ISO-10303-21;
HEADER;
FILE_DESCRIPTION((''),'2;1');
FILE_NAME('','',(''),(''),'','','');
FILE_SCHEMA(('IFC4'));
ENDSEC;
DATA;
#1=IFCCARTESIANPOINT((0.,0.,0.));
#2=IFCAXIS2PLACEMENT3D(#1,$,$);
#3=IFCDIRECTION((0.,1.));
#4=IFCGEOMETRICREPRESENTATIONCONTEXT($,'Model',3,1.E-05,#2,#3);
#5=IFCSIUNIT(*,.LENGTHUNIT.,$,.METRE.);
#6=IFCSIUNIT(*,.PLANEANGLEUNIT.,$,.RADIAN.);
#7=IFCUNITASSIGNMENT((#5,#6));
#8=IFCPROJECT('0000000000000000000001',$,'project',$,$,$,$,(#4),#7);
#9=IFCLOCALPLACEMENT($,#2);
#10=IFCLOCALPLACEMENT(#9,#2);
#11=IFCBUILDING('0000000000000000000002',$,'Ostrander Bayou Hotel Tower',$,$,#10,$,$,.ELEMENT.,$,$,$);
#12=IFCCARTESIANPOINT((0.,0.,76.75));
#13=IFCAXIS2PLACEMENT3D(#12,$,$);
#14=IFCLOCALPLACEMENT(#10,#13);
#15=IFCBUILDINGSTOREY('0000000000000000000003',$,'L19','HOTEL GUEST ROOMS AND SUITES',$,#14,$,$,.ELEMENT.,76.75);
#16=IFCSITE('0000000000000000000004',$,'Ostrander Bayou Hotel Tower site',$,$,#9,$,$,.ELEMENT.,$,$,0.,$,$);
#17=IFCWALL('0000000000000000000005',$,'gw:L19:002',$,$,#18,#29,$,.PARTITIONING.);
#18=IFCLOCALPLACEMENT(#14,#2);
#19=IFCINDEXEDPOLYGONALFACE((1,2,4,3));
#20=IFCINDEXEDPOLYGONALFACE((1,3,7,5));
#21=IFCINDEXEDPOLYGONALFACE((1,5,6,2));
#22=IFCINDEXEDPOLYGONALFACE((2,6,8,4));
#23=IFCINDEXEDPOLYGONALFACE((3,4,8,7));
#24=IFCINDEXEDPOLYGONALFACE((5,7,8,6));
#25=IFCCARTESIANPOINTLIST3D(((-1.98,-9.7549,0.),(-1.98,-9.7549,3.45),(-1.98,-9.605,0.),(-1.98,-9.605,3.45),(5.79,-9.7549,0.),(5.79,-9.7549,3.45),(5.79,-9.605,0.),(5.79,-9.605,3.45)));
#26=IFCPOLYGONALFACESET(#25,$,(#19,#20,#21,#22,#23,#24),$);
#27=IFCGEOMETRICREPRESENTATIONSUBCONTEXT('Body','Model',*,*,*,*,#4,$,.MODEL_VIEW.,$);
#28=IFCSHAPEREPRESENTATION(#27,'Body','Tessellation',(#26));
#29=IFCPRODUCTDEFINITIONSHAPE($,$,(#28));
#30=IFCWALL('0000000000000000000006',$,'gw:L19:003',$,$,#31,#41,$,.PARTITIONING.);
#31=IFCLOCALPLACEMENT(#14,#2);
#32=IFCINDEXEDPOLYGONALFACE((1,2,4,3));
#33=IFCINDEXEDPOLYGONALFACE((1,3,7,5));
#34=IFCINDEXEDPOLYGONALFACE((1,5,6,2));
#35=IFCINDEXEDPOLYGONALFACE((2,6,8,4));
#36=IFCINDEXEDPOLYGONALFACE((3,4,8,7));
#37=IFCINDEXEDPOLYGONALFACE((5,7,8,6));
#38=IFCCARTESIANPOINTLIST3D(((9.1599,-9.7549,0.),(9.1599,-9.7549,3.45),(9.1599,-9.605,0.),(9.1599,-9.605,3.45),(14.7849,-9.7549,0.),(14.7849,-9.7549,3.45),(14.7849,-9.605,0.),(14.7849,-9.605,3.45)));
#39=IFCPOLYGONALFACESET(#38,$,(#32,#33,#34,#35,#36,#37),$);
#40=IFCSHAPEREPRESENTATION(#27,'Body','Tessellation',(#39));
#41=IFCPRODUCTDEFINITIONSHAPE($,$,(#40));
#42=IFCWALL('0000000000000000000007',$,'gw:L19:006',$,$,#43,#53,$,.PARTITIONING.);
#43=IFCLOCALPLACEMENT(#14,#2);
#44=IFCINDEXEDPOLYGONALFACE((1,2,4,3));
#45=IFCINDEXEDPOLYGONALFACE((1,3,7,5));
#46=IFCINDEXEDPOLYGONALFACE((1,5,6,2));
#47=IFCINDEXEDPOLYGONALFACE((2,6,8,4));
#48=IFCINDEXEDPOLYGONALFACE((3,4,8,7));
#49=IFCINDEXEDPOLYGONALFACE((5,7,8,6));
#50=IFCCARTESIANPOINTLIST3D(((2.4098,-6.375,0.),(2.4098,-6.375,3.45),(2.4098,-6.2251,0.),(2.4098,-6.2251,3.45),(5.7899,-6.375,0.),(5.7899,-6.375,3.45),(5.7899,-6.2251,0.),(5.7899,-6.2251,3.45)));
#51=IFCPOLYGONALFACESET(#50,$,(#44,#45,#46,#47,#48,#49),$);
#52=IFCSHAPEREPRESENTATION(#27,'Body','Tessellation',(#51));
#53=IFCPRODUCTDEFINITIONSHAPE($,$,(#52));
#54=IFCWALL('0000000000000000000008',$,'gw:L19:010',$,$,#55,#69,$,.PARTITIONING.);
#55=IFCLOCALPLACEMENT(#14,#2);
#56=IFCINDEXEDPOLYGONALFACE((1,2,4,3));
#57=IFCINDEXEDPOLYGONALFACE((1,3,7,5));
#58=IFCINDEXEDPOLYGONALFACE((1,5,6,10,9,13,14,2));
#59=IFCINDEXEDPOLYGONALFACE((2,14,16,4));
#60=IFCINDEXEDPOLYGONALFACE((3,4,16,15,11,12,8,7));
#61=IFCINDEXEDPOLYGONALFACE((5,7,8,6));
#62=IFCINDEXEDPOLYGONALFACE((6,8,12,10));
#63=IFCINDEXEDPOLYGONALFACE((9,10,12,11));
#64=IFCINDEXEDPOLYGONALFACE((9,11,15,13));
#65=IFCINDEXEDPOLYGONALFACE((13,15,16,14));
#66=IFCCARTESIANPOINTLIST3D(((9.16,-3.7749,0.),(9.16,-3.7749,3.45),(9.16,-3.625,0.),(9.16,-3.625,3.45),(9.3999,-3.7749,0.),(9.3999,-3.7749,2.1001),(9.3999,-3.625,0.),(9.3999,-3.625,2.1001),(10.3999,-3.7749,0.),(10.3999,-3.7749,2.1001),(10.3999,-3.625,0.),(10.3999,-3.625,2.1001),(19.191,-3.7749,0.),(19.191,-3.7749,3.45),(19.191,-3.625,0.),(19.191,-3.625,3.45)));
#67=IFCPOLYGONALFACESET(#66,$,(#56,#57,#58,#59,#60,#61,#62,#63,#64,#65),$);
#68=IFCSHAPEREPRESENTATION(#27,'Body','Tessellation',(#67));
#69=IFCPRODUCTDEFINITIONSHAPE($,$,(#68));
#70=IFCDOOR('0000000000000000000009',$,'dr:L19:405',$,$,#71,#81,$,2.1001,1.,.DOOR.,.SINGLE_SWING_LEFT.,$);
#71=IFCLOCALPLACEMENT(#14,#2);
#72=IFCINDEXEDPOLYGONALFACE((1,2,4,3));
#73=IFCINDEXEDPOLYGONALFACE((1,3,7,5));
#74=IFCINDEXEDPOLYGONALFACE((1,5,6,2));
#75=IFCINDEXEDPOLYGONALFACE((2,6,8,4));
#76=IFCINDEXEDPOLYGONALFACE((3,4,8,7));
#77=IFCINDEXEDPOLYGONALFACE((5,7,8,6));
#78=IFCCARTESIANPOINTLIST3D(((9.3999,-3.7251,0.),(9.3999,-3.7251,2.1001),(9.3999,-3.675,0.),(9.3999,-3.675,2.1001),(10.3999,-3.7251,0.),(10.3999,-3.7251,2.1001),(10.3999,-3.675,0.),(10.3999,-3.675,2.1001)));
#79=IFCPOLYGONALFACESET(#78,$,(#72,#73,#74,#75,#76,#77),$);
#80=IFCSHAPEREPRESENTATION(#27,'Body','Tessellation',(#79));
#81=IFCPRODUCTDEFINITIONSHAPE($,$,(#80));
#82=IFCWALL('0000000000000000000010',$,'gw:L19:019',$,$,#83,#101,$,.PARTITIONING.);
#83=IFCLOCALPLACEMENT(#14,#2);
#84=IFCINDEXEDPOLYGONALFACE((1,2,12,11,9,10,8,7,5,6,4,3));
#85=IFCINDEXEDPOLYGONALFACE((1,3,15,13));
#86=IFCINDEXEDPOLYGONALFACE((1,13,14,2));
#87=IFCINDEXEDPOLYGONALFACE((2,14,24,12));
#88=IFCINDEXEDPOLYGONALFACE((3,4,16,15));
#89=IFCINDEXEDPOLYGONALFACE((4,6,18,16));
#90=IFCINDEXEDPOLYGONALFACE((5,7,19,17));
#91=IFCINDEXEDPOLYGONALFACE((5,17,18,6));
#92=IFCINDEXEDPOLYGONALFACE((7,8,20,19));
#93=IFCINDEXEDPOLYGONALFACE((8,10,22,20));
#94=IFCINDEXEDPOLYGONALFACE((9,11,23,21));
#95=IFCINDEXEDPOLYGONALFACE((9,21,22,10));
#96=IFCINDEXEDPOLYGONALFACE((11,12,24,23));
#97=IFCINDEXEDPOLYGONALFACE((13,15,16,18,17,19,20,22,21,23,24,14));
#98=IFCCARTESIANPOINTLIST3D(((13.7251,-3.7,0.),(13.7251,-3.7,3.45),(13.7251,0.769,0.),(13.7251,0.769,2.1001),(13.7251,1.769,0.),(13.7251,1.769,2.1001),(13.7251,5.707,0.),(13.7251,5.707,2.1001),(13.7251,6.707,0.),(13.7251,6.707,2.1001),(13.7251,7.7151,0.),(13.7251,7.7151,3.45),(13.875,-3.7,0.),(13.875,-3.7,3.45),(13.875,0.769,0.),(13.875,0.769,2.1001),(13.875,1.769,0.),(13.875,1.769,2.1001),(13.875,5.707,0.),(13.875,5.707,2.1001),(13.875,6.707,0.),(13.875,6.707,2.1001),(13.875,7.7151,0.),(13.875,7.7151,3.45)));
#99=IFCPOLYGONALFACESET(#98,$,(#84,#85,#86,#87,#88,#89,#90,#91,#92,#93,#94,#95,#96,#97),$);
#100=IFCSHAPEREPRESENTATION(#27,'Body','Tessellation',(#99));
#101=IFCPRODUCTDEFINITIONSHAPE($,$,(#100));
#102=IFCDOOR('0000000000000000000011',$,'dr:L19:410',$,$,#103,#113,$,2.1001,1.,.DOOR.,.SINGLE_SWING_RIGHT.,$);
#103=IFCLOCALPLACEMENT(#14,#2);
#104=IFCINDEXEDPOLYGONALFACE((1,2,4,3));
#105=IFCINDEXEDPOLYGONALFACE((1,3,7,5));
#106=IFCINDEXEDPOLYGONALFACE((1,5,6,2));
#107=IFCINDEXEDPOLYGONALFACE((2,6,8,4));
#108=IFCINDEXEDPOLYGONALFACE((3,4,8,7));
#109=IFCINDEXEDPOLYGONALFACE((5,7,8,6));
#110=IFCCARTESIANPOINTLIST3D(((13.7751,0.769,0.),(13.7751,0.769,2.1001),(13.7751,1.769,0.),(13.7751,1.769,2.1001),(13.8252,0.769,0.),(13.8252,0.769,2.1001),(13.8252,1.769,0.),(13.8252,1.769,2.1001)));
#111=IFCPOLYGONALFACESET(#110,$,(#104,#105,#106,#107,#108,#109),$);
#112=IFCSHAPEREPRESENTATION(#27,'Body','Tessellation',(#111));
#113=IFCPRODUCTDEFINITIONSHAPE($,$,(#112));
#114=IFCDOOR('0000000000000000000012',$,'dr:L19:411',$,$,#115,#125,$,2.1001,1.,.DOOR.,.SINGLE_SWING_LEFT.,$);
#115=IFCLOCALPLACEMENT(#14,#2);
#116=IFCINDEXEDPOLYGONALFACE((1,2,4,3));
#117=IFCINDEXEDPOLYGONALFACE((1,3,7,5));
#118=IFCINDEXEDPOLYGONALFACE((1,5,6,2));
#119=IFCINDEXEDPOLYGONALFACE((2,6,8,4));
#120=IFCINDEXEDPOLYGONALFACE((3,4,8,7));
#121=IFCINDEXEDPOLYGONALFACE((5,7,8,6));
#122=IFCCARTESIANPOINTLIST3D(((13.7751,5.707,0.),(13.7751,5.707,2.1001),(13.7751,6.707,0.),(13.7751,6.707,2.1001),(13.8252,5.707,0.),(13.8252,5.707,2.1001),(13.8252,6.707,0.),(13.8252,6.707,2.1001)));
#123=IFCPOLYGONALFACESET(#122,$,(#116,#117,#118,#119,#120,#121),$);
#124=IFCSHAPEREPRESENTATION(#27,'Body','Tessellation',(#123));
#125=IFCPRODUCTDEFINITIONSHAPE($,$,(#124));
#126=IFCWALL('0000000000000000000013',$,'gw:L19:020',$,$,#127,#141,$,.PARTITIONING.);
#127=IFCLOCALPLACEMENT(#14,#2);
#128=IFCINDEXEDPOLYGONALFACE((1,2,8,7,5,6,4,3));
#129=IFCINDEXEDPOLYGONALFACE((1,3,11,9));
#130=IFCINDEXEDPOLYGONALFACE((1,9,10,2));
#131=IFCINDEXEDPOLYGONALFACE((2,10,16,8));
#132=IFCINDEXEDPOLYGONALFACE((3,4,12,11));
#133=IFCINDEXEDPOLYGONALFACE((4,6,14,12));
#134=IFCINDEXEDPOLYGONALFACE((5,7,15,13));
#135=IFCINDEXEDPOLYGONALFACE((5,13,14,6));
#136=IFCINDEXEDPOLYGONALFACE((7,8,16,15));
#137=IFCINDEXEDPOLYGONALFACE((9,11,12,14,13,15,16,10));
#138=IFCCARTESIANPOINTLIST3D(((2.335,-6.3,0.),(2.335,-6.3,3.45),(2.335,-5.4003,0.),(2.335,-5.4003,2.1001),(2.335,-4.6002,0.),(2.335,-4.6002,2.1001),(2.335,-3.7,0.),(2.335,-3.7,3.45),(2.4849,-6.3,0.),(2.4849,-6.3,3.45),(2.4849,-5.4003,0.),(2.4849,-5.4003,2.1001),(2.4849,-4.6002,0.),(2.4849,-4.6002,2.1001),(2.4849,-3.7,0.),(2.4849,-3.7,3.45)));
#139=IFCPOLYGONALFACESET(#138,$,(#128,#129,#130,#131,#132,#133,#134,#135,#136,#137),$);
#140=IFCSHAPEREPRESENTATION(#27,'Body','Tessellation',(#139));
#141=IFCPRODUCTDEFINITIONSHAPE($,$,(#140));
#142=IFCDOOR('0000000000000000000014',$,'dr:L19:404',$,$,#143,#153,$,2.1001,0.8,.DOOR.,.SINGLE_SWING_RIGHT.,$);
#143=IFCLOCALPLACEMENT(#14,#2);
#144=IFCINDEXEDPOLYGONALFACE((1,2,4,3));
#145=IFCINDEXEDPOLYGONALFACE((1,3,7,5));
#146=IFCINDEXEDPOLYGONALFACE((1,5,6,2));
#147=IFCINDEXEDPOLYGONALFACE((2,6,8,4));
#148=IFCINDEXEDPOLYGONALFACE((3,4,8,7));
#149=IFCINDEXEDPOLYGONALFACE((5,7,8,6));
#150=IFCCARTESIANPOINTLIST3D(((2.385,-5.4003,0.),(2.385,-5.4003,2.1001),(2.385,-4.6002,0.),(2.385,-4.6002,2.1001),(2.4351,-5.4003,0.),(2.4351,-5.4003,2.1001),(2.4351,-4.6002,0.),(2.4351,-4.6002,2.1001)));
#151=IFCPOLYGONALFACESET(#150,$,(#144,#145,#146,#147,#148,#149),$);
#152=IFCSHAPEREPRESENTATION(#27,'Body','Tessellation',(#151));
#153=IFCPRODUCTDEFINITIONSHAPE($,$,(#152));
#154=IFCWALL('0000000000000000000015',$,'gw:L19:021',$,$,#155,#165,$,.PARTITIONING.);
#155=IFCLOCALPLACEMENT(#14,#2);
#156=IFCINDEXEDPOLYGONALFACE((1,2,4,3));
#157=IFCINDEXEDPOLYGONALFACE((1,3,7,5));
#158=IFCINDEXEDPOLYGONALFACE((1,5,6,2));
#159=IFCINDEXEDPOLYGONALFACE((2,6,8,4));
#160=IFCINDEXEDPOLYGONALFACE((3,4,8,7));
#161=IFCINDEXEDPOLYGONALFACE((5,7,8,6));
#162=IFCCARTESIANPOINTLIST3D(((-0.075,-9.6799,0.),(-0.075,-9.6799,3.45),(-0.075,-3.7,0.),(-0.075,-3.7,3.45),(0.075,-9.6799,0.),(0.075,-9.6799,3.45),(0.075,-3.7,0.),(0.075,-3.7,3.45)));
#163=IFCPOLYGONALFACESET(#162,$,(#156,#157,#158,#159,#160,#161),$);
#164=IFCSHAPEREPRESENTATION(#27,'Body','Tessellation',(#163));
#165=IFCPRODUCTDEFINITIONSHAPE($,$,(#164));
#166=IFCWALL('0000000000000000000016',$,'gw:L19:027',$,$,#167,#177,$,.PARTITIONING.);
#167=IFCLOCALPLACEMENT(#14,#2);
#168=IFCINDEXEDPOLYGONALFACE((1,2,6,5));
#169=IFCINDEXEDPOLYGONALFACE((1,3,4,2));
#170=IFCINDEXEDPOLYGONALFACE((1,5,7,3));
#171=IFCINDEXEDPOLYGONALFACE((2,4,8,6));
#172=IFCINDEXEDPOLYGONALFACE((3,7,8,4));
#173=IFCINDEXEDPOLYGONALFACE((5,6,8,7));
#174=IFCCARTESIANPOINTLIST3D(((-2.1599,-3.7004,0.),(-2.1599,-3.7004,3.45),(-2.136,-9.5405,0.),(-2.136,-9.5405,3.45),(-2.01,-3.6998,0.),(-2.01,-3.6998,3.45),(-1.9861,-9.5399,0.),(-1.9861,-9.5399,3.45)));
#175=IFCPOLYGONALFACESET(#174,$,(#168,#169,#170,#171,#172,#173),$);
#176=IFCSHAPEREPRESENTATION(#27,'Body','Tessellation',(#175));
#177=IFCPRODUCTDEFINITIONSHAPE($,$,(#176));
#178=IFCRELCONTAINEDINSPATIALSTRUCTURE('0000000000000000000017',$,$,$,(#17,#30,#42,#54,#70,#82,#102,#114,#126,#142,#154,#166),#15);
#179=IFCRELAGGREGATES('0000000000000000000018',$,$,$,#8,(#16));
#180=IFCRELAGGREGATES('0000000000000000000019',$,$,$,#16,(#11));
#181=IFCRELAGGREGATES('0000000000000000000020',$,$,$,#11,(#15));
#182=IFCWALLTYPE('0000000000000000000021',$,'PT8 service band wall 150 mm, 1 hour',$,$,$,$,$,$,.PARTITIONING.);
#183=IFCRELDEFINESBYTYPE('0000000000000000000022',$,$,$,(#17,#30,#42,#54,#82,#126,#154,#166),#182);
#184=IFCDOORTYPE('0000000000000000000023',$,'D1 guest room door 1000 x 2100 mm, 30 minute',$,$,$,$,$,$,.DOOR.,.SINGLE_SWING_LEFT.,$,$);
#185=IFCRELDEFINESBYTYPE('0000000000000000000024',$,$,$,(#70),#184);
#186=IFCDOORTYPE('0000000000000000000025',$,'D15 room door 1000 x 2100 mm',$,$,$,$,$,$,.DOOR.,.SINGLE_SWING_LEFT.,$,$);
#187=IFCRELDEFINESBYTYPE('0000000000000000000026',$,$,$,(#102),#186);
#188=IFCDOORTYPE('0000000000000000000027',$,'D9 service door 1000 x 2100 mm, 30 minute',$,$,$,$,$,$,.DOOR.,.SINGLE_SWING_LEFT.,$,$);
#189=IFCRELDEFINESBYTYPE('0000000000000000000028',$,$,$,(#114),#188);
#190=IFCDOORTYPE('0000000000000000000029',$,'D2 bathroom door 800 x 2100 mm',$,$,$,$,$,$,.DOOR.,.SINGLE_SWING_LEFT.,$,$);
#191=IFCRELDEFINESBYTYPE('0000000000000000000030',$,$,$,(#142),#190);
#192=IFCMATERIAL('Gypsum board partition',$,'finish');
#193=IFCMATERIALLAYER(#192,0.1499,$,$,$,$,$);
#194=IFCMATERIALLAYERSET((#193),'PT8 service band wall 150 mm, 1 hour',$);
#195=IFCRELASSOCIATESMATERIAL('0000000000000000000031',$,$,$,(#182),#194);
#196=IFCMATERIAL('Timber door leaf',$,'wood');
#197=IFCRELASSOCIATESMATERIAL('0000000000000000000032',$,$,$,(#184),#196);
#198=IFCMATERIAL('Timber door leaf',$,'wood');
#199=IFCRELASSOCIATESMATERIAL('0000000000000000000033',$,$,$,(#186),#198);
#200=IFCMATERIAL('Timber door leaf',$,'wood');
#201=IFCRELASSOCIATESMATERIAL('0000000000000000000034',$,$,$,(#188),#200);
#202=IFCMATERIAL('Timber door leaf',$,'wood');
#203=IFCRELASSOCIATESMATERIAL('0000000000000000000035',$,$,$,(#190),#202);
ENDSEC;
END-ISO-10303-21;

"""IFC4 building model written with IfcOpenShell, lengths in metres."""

from ifc_helpers import new_model, si_unit, direction, frame, frame_2d, origin, place, context, subcontext, project, spatial, rectangle, extrude, material, layer, layer_set, type_object, element, fill, save


model = new_model("IFC4")

# Units and contexts
model_context = context("Model", 3, precision=1e-05, world=origin(), true_north=direction((0.0, 1.0)))
body_context = subcontext(model_context, "Body", "Model", "MODEL_VIEW")
ifc_project = project(units=[si_unit("LENGTHUNIT", "METRE"), si_unit("PLANEANGLEUNIT", "RADIAN")], contexts=[model_context])

# Site, building, storey
site_placement = place(None, origin())
site = spatial("IfcSite", under=ifc_project, at=site_placement, Name="Ostrander Bayou Hotel Tower site", CompositionType="ELEMENT", RefElevation=0.0)
building_placement = place(site_placement, origin())
building = spatial("IfcBuilding", under=site, at=building_placement, Name="Ostrander Bayou Hotel Tower", CompositionType="ELEMENT")
storey_placement = place(building_placement, frame((0.0, 0.0, 76.75)))
storey = spatial("IfcBuildingStorey", under=building, at=storey_placement, Name="L19", Description="HOTEL GUEST ROOMS AND SUITES", CompositionType="ELEMENT", Elevation=76.75)

# Walls
ifc_material_1 = material(Name="Gypsum board partition", Category="finish")
ifc_layer_1 = layer(ifc_material_1, 0.1499)
ifc_layer_set_1 = layer_set([ifc_layer_1], Name="PT8 service band wall 150 mm, 1 hour")
wall_type_1 = type_object("IfcWallType", Name="PT8 service band wall 150 mm, 1 hour", PredefinedType="PARTITIONING", material=ifc_layer_set_1)
wall_1_placement = place(storey_placement, frame((-1.98, -9.6799, 0.0), z_axis=(0.0, 0.0, 1.0), x_axis=(1.0, 0.0, 0.0)))
element("IfcWall", 1, at=wall_1_placement, inside=storey, type_object=wall_type_1, Name="gw:L19:002", PredefinedType="PARTITIONING", context=body_context, shape_type="SweptSolid", body=[
    extrude(rectangle(XDim=7.77, YDim=0.1499, at=frame_2d((3.885, 0.0))), origin(), (0.0, 0.0, 1.0), 3.45),
])
wall_2_placement = place(storey_placement, frame((9.1599, -9.6799, 0.0), z_axis=(0.0, 0.0, 1.0), x_axis=(1.0, 0.0, 0.0)))
element("IfcWall", 2, at=wall_2_placement, inside=storey, type_object=wall_type_1, Name="gw:L19:003", PredefinedType="PARTITIONING", context=body_context, shape_type="SweptSolid", body=[
    extrude(rectangle(XDim=5.625, YDim=0.1499, at=frame_2d((2.8125, 0.0))), origin(), (0.0, 0.0, 1.0), 3.45),
])
wall_3_placement = place(storey_placement, frame((2.4099, -6.3, 0.0), z_axis=(0.0, 0.0, 1.0), x_axis=(1.0, 0.0, 0.0)))
element("IfcWall", 3, at=wall_3_placement, inside=storey, type_object=wall_type_1, Name="gw:L19:006", PredefinedType="PARTITIONING", context=body_context, shape_type="SweptSolid", body=[
    extrude(rectangle(XDim=3.3801, YDim=0.1499, at=frame_2d((1.6899, 0.0))), origin(), (0.0, 0.0, 1.0), 3.45),
])

# Wall, opening, door
wall_4_placement = place(storey_placement, frame((9.1599, -3.7, 0.0), z_axis=(0.0, 0.0, 1.0), x_axis=(1.0, 0.0, 0.0)))
wall_4 = element("IfcWall", 4, at=wall_4_placement, inside=storey, type_object=wall_type_1, Name="gw:L19:010", PredefinedType="PARTITIONING", context=body_context, shape_type="SweptSolid", body=[
    extrude(rectangle(XDim=10.031, YDim=0.1499, at=frame_2d((5.0156, 0.0))), origin(), (0.0, 0.0, 1.0), 3.45),
])
opening_1_placement = place(wall_4_placement, frame((0.24, 0.0, 0.0)))
opening_1 = element("IfcOpeningElement", 5, at=opening_1_placement, cuts=wall_4, PredefinedType="OPENING", context=body_context, shape_type="SweptSolid", body=[
    extrude(rectangle(XDim=1.0, YDim=2.1001, at=frame_2d((0.5, 1.05))), frame((0.0, 0.075, 0.0), z_axis=(0.0, -1.0, 0.0), x_axis=(1.0, 0.0, 0.0)), (0.0, 0.0, 1.0), 0.1499),
])
ifc_material_2 = material(Name="Timber door leaf", Category="wood")
door_type_1 = type_object("IfcDoorType", Name="D1 guest room door 1000 x 2100 mm, 30 minute", OperationType="SINGLE_SWING_LEFT", PredefinedType="DOOR", material=ifc_material_2)
door_1_placement = place(opening_1_placement, origin())
door_1 = element("IfcDoor", 6, at=door_1_placement, inside=storey, type_object=door_type_1, Name="dr:L19:405", OperationType="SINGLE_SWING_LEFT", OverallHeight=2.1001, OverallWidth=1.0, PredefinedType="DOOR", context=body_context, shape_type="SweptSolid", body=[
    extrude(rectangle(XDim=1.0, YDim=2.1001, at=frame_2d((0.5, 1.05))), frame((0.0, 0.0249, 0.0), z_axis=(0.0, -1.0, 0.0), x_axis=(1.0, 0.0, 0.0)), (0.0, 0.0, 1.0), 0.05),
])
fill(opening_1, door_1)

# Wall, openings, doors
wall_5_placement = place(storey_placement, frame((13.8, -3.7, 0.0), z_axis=(0.0, 0.0, 1.0), x_axis=(0.0, 1.0, 0.0)))
wall_5 = element("IfcWall", 7, at=wall_5_placement, inside=storey, type_object=wall_type_1, Name="gw:L19:019", PredefinedType="PARTITIONING", context=body_context, shape_type="SweptSolid", body=[
    extrude(rectangle(XDim=11.415, YDim=0.1499, at=frame_2d((5.7075, 0.0))), origin(), (0.0, 0.0, 1.0), 3.45),
])
opening_2_placement = place(wall_5_placement, frame((4.469, 0.0, 0.0)))
opening_2 = element("IfcOpeningElement", 8, at=opening_2_placement, cuts=wall_5, PredefinedType="OPENING", context=body_context, shape_type="SweptSolid", body=[
    extrude(rectangle(XDim=1.0, YDim=2.1001, at=frame_2d((0.5, 1.05))), frame((0.0, 0.075, 0.0), z_axis=(0.0, -1.0, 0.0), x_axis=(1.0, 0.0, 0.0)), (0.0, 0.0, 1.0), 0.1499),
])
opening_3_placement = place(wall_5_placement, frame((9.407, 0.0, 0.0)))
opening_3 = element("IfcOpeningElement", 9, at=opening_3_placement, cuts=wall_5, PredefinedType="OPENING", context=body_context, shape_type="SweptSolid", body=[
    extrude(rectangle(XDim=1.0, YDim=2.1001, at=frame_2d((0.5, 1.05))), frame((0.0, 0.075, 0.0), z_axis=(0.0, -1.0, 0.0), x_axis=(1.0, 0.0, 0.0)), (0.0, 0.0, 1.0), 0.1499),
])
ifc_material_3 = material(Name="Timber door leaf", Category="wood")
door_type_2 = type_object("IfcDoorType", Name="D15 room door 1000 x 2100 mm", OperationType="SINGLE_SWING_LEFT", PredefinedType="DOOR", material=ifc_material_3)
door_2_placement = place(opening_2_placement, origin())
door_2 = element("IfcDoor", 10, at=door_2_placement, inside=storey, type_object=door_type_2, Name="dr:L19:410", OperationType="SINGLE_SWING_RIGHT", OverallHeight=2.1001, OverallWidth=1.0, PredefinedType="DOOR", context=body_context, shape_type="SweptSolid", body=[
    extrude(rectangle(XDim=1.0, YDim=2.1001, at=frame_2d((0.5, 1.05))), frame((0.0, 0.0249, 0.0), z_axis=(0.0, -1.0, 0.0), x_axis=(1.0, 0.0, 0.0)), (0.0, 0.0, 1.0), 0.05),
])
fill(opening_2, door_2)
ifc_material_4 = material(Name="Timber door leaf", Category="wood")
door_type_3 = type_object("IfcDoorType", Name="D9 service door 1000 x 2100 mm, 30 minute", OperationType="SINGLE_SWING_LEFT", PredefinedType="DOOR", material=ifc_material_4)
door_3_placement = place(opening_3_placement, origin())
door_3 = element("IfcDoor", 11, at=door_3_placement, inside=storey, type_object=door_type_3, Name="dr:L19:411", OperationType="SINGLE_SWING_LEFT", OverallHeight=2.1001, OverallWidth=1.0, PredefinedType="DOOR", context=body_context, shape_type="SweptSolid", body=[
    extrude(rectangle(XDim=1.0, YDim=2.1001, at=frame_2d((0.5, 1.05))), frame((0.0, 0.0249, 0.0), z_axis=(0.0, -1.0, 0.0), x_axis=(1.0, 0.0, 0.0)), (0.0, 0.0, 1.0), 0.05),
])
fill(opening_3, door_3)

# Wall, opening, door
wall_6_placement = place(storey_placement, frame((2.4099, -6.3, 0.0), z_axis=(0.0, 0.0, 1.0), x_axis=(0.0, 1.0, 0.0)))
wall_6 = element("IfcWall", 12, at=wall_6_placement, inside=storey, type_object=wall_type_1, Name="gw:L19:020", PredefinedType="PARTITIONING", context=body_context, shape_type="SweptSolid", body=[
    extrude(rectangle(XDim=2.6001, YDim=0.1499, at=frame_2d((1.3, 0.0))), origin(), (0.0, 0.0, 1.0), 3.45),
])
opening_4_placement = place(wall_6_placement, frame((0.8999, 0.0, 0.0)))
opening_4 = element("IfcOpeningElement", 13, at=opening_4_placement, cuts=wall_6, PredefinedType="OPENING", context=body_context, shape_type="SweptSolid", body=[
    extrude(rectangle(XDim=0.8, YDim=2.1001, at=frame_2d((0.3999, 1.05))), frame((0.0, 0.075, 0.0), z_axis=(0.0, -1.0, 0.0), x_axis=(1.0, 0.0, 0.0)), (0.0, 0.0, 1.0), 0.1499),
])
ifc_material_5 = material(Name="Timber door leaf", Category="wood")
door_type_4 = type_object("IfcDoorType", Name="D2 bathroom door 800 x 2100 mm", OperationType="SINGLE_SWING_LEFT", PredefinedType="DOOR", material=ifc_material_5)
door_4_placement = place(opening_4_placement, origin())
door_4 = element("IfcDoor", 14, at=door_4_placement, inside=storey, type_object=door_type_4, Name="dr:L19:404", OperationType="SINGLE_SWING_RIGHT", OverallHeight=2.1001, OverallWidth=0.8, PredefinedType="DOOR", context=body_context, shape_type="SweptSolid", body=[
    extrude(rectangle(XDim=0.8, YDim=2.1001, at=frame_2d((0.3999, 1.05))), frame((0.0, 0.0249, 0.0), z_axis=(0.0, -1.0, 0.0), x_axis=(1.0, 0.0, 0.0)), (0.0, 0.0, 1.0), 0.05),
])
fill(opening_4, door_4)

# Walls
wall_7_placement = place(storey_placement, frame((0.0, -9.6799, 0.0), z_axis=(0.0, 0.0, 1.0), x_axis=(0.0, 1.0, 0.0)))
element("IfcWall", 15, at=wall_7_placement, inside=storey, type_object=wall_type_1, Name="gw:L19:021", PredefinedType="PARTITIONING", context=body_context, shape_type="SweptSolid", body=[
    extrude(rectangle(XDim=5.98, YDim=0.1499, at=frame_2d((2.99, 0.0))), origin(), (0.0, 0.0, 1.0), 3.45),
])
wall_8_placement = place(storey_placement, frame((-2.061, -9.54, 0.0), z_axis=(0.0, 0.0, 1.0), x_axis=(-0.004097, 0.999992, 0.0)))
element("IfcWall", 16, at=wall_8_placement, inside=storey, type_object=wall_type_1, Name="gw:L19:027", PredefinedType="PARTITIONING", context=body_context, shape_type="SweptSolid", body=[
    extrude(rectangle(XDim=5.8401, YDim=0.1499, at=frame_2d((2.9199, 0.0))), origin(), (0.0, 0.0, 1.0), 3.45),
])

save(model, "model.ifc")
